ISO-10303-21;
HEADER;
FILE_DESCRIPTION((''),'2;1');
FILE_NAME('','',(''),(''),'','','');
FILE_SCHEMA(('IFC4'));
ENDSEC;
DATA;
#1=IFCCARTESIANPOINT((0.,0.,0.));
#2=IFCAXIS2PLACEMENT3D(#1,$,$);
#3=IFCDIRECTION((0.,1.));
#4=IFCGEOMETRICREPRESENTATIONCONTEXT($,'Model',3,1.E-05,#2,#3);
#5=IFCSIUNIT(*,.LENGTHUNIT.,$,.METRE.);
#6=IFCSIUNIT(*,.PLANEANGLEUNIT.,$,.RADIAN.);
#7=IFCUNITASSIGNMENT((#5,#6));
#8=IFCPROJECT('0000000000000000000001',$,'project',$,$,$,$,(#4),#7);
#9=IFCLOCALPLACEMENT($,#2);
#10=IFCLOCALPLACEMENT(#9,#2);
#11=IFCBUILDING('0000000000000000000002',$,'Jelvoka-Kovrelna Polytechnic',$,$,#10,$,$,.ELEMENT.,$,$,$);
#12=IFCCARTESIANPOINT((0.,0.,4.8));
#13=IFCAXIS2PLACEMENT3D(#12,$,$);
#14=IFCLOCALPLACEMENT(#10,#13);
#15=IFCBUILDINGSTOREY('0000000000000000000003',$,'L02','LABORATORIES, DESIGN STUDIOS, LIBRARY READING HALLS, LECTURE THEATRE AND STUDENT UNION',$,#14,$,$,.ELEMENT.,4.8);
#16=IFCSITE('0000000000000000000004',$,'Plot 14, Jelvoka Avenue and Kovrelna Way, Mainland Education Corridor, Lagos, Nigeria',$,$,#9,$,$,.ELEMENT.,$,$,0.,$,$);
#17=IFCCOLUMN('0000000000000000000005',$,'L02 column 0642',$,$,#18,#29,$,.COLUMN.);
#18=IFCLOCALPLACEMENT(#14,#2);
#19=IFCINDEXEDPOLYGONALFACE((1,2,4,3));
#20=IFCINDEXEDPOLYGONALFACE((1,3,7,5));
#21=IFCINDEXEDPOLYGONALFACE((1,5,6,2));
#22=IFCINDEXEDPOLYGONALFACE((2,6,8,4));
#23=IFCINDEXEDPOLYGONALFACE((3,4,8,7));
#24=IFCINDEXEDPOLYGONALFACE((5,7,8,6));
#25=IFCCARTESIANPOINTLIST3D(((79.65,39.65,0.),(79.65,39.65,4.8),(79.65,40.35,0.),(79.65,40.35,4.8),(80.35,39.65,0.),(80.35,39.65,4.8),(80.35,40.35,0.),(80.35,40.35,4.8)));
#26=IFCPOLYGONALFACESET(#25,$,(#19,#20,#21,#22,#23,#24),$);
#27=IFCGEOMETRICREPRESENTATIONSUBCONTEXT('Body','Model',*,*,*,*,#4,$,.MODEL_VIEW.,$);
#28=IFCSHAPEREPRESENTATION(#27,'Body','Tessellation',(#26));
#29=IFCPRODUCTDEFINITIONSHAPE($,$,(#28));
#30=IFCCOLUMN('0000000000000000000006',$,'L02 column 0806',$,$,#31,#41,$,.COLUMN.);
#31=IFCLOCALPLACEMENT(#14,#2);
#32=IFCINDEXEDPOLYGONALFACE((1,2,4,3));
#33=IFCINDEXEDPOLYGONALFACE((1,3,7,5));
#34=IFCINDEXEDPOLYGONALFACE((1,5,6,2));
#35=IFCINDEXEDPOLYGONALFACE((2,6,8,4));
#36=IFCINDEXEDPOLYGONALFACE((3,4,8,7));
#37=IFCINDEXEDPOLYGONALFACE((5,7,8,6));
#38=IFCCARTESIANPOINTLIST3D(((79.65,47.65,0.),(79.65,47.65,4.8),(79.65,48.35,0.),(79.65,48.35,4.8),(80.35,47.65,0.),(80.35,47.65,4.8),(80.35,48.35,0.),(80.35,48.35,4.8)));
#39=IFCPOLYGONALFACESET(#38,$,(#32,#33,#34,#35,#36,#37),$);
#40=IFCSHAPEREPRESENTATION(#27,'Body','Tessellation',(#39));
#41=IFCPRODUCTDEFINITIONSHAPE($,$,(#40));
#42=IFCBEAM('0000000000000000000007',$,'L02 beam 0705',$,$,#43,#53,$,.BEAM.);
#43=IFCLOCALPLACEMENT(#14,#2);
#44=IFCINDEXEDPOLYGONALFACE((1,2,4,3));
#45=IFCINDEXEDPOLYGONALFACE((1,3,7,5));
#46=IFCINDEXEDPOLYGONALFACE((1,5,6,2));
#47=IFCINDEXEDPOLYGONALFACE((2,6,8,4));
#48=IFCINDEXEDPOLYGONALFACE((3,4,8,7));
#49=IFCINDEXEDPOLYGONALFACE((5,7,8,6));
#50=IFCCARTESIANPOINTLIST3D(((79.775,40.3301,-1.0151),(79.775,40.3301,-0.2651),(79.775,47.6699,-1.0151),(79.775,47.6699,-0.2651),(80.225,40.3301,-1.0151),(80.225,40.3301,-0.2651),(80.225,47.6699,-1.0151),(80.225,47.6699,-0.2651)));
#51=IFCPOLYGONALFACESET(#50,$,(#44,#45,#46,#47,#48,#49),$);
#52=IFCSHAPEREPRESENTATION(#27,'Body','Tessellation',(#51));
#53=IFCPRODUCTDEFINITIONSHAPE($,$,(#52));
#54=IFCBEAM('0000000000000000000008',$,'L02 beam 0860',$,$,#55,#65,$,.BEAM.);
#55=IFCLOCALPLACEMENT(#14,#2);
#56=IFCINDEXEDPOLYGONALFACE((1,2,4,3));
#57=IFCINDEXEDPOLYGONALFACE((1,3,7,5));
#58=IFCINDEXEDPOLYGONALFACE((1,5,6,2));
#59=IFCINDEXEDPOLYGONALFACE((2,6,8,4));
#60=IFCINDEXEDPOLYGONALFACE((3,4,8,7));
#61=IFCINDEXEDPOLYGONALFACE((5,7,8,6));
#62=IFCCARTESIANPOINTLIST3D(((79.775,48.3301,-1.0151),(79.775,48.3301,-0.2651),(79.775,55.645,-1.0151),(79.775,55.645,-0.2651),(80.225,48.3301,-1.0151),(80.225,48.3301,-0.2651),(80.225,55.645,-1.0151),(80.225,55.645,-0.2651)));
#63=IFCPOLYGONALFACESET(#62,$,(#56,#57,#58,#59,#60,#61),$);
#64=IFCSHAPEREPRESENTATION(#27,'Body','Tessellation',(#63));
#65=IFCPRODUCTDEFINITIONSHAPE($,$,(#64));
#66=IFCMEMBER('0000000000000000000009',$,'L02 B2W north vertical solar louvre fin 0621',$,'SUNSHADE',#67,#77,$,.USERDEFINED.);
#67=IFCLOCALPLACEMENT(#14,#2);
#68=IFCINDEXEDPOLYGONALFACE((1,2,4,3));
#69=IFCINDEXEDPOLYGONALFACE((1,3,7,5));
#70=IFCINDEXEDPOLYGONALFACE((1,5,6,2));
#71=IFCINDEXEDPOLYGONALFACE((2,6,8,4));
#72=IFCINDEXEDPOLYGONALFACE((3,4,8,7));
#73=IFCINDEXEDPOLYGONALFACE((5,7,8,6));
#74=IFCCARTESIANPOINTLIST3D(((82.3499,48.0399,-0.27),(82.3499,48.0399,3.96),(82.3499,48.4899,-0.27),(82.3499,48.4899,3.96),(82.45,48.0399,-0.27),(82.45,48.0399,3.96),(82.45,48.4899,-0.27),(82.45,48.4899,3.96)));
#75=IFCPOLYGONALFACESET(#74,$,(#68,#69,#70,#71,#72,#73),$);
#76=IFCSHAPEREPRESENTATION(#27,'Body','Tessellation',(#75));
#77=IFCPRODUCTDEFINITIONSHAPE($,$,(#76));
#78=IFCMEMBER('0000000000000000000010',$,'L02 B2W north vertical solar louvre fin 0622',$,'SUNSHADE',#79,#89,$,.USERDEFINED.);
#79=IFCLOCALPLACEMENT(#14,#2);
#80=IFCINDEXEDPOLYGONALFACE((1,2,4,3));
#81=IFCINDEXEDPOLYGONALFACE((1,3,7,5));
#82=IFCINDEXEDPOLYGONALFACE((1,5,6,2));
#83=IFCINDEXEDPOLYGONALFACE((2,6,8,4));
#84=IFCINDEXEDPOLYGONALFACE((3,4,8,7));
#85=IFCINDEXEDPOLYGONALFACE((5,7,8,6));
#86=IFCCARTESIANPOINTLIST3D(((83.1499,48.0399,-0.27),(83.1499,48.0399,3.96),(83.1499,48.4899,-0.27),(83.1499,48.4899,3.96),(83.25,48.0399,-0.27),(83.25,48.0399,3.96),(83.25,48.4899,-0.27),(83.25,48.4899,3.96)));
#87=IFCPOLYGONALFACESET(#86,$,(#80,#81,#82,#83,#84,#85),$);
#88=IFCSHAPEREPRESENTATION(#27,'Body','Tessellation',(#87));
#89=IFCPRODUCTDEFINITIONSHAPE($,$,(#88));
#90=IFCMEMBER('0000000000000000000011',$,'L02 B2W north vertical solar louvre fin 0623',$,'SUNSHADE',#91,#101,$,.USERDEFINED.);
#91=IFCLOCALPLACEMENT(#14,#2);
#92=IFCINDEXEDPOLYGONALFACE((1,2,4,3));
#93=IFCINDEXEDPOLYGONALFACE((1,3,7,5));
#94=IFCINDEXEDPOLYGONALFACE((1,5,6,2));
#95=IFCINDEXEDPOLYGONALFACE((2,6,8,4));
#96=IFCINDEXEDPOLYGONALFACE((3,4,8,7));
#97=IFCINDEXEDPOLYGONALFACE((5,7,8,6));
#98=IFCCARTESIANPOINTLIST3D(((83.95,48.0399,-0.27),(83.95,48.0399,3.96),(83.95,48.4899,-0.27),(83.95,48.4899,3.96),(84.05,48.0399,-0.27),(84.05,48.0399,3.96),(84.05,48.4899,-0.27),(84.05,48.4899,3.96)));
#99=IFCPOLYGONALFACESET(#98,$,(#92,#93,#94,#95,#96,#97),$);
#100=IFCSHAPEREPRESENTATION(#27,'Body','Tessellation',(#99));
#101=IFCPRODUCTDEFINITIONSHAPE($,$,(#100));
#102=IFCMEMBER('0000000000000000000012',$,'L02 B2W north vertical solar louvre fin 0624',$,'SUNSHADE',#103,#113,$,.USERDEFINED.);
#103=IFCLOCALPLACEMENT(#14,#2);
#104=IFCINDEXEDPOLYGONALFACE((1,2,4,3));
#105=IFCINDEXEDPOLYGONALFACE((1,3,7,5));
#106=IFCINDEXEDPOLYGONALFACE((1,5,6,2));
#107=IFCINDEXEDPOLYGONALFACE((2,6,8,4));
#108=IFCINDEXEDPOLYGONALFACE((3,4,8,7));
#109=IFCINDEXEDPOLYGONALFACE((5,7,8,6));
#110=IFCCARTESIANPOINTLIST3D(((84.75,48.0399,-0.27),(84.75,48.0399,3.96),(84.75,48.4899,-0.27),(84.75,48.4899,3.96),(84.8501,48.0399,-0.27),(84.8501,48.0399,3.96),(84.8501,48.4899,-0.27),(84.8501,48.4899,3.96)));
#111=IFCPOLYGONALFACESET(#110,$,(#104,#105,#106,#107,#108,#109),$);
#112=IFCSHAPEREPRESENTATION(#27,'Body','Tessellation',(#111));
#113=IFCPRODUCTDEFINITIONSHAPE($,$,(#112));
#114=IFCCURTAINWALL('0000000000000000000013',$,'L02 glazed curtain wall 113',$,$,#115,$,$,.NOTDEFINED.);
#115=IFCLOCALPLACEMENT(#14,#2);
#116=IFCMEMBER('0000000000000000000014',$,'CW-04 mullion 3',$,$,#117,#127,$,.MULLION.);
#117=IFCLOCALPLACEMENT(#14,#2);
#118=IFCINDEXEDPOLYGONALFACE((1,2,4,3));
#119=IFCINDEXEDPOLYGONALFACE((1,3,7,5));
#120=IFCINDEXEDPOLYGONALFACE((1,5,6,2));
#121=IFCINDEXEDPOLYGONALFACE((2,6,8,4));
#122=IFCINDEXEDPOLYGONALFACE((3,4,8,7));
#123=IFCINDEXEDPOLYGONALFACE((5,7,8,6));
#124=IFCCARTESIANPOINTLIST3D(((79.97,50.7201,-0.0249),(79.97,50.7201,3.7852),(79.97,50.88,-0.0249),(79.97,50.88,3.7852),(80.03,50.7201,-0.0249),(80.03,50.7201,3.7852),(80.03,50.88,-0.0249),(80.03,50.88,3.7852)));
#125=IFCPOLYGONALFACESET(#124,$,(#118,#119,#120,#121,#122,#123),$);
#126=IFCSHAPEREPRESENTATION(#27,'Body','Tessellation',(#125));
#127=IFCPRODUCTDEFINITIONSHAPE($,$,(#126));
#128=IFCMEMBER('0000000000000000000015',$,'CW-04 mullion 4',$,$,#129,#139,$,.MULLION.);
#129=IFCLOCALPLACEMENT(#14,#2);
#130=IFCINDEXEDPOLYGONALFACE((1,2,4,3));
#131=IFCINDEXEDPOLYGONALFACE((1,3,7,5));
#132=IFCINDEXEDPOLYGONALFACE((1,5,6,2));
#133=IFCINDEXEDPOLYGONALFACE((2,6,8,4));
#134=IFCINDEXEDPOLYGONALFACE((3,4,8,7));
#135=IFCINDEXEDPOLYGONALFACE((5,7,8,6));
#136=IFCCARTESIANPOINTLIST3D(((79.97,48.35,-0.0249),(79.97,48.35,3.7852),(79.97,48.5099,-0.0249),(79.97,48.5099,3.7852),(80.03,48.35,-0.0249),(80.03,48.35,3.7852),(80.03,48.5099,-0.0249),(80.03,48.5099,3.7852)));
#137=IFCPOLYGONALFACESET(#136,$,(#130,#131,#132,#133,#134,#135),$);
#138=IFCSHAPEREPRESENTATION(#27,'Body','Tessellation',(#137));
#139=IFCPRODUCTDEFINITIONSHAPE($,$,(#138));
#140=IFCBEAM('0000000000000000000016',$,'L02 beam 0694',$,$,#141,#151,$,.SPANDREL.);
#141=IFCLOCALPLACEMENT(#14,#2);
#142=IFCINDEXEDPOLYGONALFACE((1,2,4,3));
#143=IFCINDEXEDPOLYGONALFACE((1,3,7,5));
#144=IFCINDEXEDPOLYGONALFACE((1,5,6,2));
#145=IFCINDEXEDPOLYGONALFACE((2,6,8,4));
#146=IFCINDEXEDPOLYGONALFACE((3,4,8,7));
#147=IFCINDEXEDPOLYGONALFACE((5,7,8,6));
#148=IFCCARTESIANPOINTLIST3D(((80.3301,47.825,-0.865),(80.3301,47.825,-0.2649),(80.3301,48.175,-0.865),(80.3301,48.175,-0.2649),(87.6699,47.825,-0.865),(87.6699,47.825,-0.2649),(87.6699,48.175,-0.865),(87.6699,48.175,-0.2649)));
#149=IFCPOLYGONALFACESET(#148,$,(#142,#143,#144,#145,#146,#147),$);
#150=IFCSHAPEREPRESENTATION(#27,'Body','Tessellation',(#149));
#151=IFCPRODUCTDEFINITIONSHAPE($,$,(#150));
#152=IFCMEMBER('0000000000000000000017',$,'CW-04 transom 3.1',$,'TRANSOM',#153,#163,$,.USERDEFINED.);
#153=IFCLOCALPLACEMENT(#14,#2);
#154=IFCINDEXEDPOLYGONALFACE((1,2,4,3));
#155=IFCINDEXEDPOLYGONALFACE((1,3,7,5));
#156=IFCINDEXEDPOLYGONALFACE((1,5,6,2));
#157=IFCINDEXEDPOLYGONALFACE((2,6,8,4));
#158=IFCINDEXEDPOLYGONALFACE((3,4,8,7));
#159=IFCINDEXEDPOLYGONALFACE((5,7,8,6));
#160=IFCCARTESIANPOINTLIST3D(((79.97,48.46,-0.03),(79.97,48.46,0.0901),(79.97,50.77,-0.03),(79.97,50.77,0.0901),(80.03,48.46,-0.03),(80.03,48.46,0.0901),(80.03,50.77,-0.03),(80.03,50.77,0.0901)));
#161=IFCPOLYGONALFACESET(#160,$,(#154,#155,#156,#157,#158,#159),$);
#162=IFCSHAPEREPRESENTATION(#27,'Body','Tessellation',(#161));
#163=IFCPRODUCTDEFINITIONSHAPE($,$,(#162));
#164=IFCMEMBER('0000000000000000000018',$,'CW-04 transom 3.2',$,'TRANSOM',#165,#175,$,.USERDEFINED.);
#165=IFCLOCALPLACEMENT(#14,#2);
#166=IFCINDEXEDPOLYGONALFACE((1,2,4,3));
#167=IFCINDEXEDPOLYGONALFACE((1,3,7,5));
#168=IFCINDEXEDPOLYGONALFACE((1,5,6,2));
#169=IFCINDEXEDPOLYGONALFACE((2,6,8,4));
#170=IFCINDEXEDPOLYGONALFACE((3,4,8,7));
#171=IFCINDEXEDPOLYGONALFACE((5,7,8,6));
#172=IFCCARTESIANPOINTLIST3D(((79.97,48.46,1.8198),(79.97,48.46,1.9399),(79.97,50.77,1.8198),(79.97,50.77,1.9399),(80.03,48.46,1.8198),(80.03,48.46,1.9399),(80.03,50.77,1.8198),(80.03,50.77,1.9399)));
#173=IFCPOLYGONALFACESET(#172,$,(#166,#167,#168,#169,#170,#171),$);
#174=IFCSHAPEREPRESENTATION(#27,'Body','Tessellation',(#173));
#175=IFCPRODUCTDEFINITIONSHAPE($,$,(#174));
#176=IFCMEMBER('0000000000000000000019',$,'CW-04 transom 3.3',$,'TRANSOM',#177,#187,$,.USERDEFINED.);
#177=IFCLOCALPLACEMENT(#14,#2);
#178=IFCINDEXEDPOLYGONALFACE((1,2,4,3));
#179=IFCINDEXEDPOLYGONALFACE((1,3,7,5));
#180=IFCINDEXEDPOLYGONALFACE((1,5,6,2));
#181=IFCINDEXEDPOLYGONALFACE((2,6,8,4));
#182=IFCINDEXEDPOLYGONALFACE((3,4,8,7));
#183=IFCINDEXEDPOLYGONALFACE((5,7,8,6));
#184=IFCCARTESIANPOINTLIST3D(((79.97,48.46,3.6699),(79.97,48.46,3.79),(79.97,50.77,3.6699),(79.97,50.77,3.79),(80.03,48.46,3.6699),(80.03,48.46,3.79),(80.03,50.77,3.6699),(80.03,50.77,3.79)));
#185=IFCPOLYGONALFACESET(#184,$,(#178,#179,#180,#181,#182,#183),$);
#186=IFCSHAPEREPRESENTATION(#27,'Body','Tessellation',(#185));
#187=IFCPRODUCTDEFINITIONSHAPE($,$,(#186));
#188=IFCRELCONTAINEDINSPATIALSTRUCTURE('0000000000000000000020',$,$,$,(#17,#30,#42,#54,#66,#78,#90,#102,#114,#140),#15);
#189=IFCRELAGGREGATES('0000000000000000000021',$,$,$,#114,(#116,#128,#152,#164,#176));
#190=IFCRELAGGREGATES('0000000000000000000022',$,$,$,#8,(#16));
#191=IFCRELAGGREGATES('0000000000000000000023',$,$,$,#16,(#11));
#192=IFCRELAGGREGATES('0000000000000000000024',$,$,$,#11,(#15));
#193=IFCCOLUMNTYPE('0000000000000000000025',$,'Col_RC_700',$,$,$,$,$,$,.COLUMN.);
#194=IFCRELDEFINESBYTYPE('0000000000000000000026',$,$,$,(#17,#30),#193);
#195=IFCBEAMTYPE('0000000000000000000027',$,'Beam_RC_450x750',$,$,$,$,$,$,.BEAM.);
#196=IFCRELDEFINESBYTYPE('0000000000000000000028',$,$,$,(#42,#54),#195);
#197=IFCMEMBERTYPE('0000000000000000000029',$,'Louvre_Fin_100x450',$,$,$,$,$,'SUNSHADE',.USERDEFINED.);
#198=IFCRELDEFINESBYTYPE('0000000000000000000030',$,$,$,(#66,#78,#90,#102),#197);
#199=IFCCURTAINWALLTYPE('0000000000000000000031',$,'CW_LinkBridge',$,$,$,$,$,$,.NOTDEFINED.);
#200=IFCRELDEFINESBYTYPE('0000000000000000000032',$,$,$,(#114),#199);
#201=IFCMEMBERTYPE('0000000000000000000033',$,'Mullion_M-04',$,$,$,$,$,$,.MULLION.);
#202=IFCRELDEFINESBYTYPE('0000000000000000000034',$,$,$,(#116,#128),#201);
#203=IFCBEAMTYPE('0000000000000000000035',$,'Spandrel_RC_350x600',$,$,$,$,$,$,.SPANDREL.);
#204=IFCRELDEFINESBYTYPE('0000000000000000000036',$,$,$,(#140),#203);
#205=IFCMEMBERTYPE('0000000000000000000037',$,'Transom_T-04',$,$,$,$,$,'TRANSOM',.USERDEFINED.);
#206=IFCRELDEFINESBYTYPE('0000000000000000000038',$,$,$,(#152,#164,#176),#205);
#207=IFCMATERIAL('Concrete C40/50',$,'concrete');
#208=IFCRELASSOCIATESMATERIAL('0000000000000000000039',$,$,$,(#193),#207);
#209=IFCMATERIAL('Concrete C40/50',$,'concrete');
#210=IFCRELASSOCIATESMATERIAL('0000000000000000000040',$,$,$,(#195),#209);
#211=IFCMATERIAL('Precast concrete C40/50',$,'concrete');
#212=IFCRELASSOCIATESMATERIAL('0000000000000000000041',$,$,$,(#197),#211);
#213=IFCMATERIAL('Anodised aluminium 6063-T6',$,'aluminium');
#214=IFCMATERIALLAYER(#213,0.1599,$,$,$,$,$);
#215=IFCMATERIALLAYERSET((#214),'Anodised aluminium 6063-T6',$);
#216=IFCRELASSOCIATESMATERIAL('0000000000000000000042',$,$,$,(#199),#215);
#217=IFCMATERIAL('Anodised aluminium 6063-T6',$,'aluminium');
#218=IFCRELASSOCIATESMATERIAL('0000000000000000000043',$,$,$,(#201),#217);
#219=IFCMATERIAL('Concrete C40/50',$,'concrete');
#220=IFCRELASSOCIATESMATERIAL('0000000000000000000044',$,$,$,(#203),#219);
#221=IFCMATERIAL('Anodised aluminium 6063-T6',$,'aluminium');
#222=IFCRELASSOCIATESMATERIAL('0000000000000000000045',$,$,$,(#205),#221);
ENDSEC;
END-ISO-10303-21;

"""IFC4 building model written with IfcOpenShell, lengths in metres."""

from ifc_helpers import new_model, si_unit, direction, frame, origin, origin_2d, place, context, subcontext, project, spatial, rectangle, extrude, material, layer, layer_set, material_profile, profile_set, type_object, element, aggregate, save


model = new_model("IFC4")

# Units and contexts
model_context = context("Model", 3, precision=1e-05, world=origin(), true_north=direction((0.0, 1.0)))
body_context = subcontext(model_context, "Body", "Model", "MODEL_VIEW")
ifc_project = project(units=[si_unit("LENGTHUNIT", "METRE"), si_unit("PLANEANGLEUNIT", "RADIAN")], contexts=[model_context])

# Site, building, storey
site_placement = place(None, origin())
site = spatial("IfcSite", under=ifc_project, at=site_placement, Name="Plot 14, Jelvoka Avenue and Kovrelna Way, Mainland Education Corridor, Lagos, Nigeria", CompositionType="ELEMENT", RefElevation=0.0)
building_placement = place(site_placement, origin())
building = spatial("IfcBuilding", under=site, at=building_placement, Name="Jelvoka-Kovrelna Polytechnic", CompositionType="ELEMENT")
storey_placement = place(building_placement, frame((0.0, 0.0, 4.8)))
storey = spatial("IfcBuildingStorey", under=building, at=storey_placement, Name="L02", Description="LABORATORIES, DESIGN STUDIOS, LIBRARY READING HALLS, LECTURE THEATRE AND STUDENT UNION", CompositionType="ELEMENT", Elevation=4.8)

# Columns
ifc_material_1 = material(Name="Concrete C40/50", Category="concrete")
ifc_material_profile_1 = material_profile(ifc_material_1, rectangle(XDim=0.7, YDim=0.7, at=origin_2d()), Name="RC 700x700")
ifc_profile_set_1 = profile_set([ifc_material_profile_1], Name="Concrete C40/50")
column_type = type_object("IfcColumnType", Name="Col_RC_700", PredefinedType="COLUMN", material=ifc_profile_set_1)
for number, where, z_axis, x_axis, name in (
    (1, (80.0, 40.0, 0.0), (0.0, 0.0, 1.0), (1.0, 0.0, 0.0), "L02 column 0642"),
    (2, (80.0, 48.0, 0.0), (0.0, 0.0, 1.0), (1.0, 0.0, 0.0), "L02 column 0806"),
):
    element("IfcColumn", number, at=place(storey_placement, frame(where, z_axis=z_axis, x_axis=x_axis)), inside=storey, type_object=column_type, Name=name, PredefinedType="COLUMN", context=body_context, shape_type="SweptSolid", body=[
        extrude(rectangle(XDim=0.7, YDim=0.7, at=origin_2d()), origin(), (0.0, 0.0, 1.0), 4.8),
    ])

# Beams
ifc_material_2 = material(Name="Concrete C40/50", Category="concrete")
ifc_material_profile_2 = material_profile(ifc_material_2, rectangle(XDim=0.45, YDim=0.75, at=origin_2d()), Name="RC 450x750")
ifc_profile_set_2 = profile_set([ifc_material_profile_2], Name="Concrete C40/50")
beam_type_1 = type_object("IfcBeamType", Name="Beam_RC_450x750", PredefinedType="BEAM", material=ifc_profile_set_2)
beam_1_placement = place(storey_placement, frame((80.0, 40.3301, -0.6401), z_axis=(0.0, 1.0, 0.0), x_axis=(-1.0, 0.0, 0.0)))
element("IfcBeam", 3, at=beam_1_placement, inside=storey, type_object=beam_type_1, Name="L02 beam 0705", PredefinedType="BEAM", context=body_context, shape_type="SweptSolid", body=[
    extrude(rectangle(XDim=0.45, YDim=0.75, at=origin_2d()), origin(), (0.0, 0.0, 1.0), 7.3398),
])
beam_2_placement = place(storey_placement, frame((80.0, 48.3301, -0.6401), z_axis=(0.0, 1.0, 0.0), x_axis=(-1.0, 0.0, 0.0)))
element("IfcBeam", 4, at=beam_2_placement, inside=storey, type_object=beam_type_1, Name="L02 beam 0860", PredefinedType="BEAM", context=body_context, shape_type="SweptSolid", body=[
    extrude(rectangle(XDim=0.45, YDim=0.75, at=origin_2d()), origin(), (0.0, 0.0, 1.0), 7.3149),
])

# Members
ifc_material_3 = material(Name="Precast concrete C40/50", Category="concrete")
ifc_material_profile_3 = material_profile(ifc_material_3, rectangle(XDim=0.1001, YDim=0.45, at=origin_2d()), Name="PC 100x450")
ifc_profile_set_3 = profile_set([ifc_material_profile_3], Name="Precast concrete C40/50")
member_type_1 = type_object("IfcMemberType", Name="Louvre_Fin_100x450", ElementType="SUNSHADE", PredefinedType="USERDEFINED", material=ifc_profile_set_3)
for number, where, z_axis, x_axis, name in (
    (5, (82.3999, 48.2649, -0.27), (0.0, 0.0, 1.0), (1.0, 0.0, 0.0), "L02 B2W north vertical solar louvre fin 0621"),
    (6, (83.2, 48.2649, -0.27), (0.0, 0.0, 1.0), (1.0, 0.0, 0.0), "L02 B2W north vertical solar louvre fin 0622"),
    (7, (84.0, 48.2649, -0.27), (0.0, 0.0, 1.0), (1.0, 0.0, 0.0), "L02 B2W north vertical solar louvre fin 0623"),
    (8, (84.8, 48.2649, -0.27), (0.0, 0.0, 1.0), (1.0, 0.0, 0.0), "L02 B2W north vertical solar louvre fin 0624"),
):
    element("IfcMember", number, at=place(storey_placement, frame(where, z_axis=z_axis, x_axis=x_axis)), inside=storey, type_object=member_type_1, Name=name, ObjectType="SUNSHADE", PredefinedType="USERDEFINED", context=body_context, shape_type="SweptSolid", body=[
        extrude(rectangle(XDim=0.1001, YDim=0.45, at=origin_2d()), origin(), (0.0, 0.0, 1.0), 4.23),
    ])

# Curtain wall, members
ifc_material_4 = material(Name="Anodised aluminium 6063-T6", Category="aluminium")
ifc_layer_1 = layer(ifc_material_4, 0.1599)
ifc_layer_set_1 = layer_set([ifc_layer_1], Name="Anodised aluminium 6063-T6")
curtain_wall_type = type_object("IfcCurtainWallType", Name="CW_LinkBridge", PredefinedType="NOTDEFINED", material=ifc_layer_set_1)
curtain_wall_placement = place(storey_placement, origin())
curtain_wall = element("IfcCurtainWall", 9, at=curtain_wall_placement, inside=storey, type_object=curtain_wall_type, Name="L02 glazed curtain wall 113", PredefinedType="NOTDEFINED")
ifc_material_5 = material(Name="Anodised aluminium 6063-T6", Category="aluminium")
ifc_material_profile_4 = material_profile(ifc_material_5, rectangle(XDim=0.0601, YDim=0.1599, at=origin_2d()), Name="ALU 60x160")
ifc_profile_set_4 = profile_set([ifc_material_profile_4], Name="Anodised aluminium 6063-T6")
member_type_2 = type_object("IfcMemberType", Name="Mullion_M-04", PredefinedType="MULLION", material=ifc_profile_set_4)
member_1_placement = place(storey_placement, frame((80.0, 50.8, -0.0249), z_axis=(0.0, 0.0, 1.0), x_axis=(1.0, 0.0, 0.0)))
member_1 = element("IfcMember", 10, at=member_1_placement, type_object=member_type_2, Name="CW-04 mullion 3", PredefinedType="MULLION", context=body_context, shape_type="SweptSolid", body=[
    extrude(rectangle(XDim=0.0601, YDim=0.1599, at=origin_2d()), origin(), (0.0, 0.0, 1.0), 3.8101),
])
member_2_placement = place(storey_placement, frame((80.0, 48.4299, -0.0249), z_axis=(0.0, 0.0, 1.0), x_axis=(1.0, 0.0, 0.0)))
member_2 = element("IfcMember", 11, at=member_2_placement, type_object=member_type_2, Name="CW-04 mullion 4", PredefinedType="MULLION", context=body_context, shape_type="SweptSolid", body=[
    extrude(rectangle(XDim=0.0601, YDim=0.1599, at=origin_2d()), origin(), (0.0, 0.0, 1.0), 3.8101),
])

# Beam
ifc_material_6 = material(Name="Concrete C40/50", Category="concrete")
ifc_material_profile_5 = material_profile(ifc_material_6, rectangle(XDim=0.3501, YDim=0.6001, at=origin_2d()), Name="RC 350x600")
ifc_profile_set_5 = profile_set([ifc_material_profile_5], Name="Concrete C40/50")
beam_type_2 = type_object("IfcBeamType", Name="Spandrel_RC_350x600", PredefinedType="SPANDREL", material=ifc_profile_set_5)
beam_3_placement = place(storey_placement, frame((80.3301, 48.0, -0.5649), z_axis=(1.0, 0.0, 0.0), x_axis=(0.0, 1.0, 0.0)))
element("IfcBeam", 12, at=beam_3_placement, inside=storey, type_object=beam_type_2, Name="L02 beam 0694", PredefinedType="SPANDREL", context=body_context, shape_type="SweptSolid", body=[
    extrude(rectangle(XDim=0.3501, YDim=0.6001, at=origin_2d()), origin(), (0.0, 0.0, 1.0), 7.3398),
])

# Members
ifc_material_7 = material(Name="Anodised aluminium 6063-T6", Category="aluminium")
ifc_material_profile_6 = material_profile(ifc_material_7, rectangle(XDim=0.0601, YDim=0.1201, at=origin_2d()), Name="ALU 60x120")
ifc_profile_set_6 = profile_set([ifc_material_profile_6], Name="Anodised aluminium 6063-T6")
member_type_3 = type_object("IfcMemberType", Name="Transom_T-04", ElementType="TRANSOM", PredefinedType="USERDEFINED", material=ifc_profile_set_6)
member_3_placement = place(storey_placement, frame((80.0, 50.77, 0.03), z_axis=(0.0, -1.0, 0.0), x_axis=(1.0, 0.0, 0.0)))
member_3 = element("IfcMember", 13, at=member_3_placement, type_object=member_type_3, Name="CW-04 transom 3.1", ObjectType="TRANSOM", PredefinedType="USERDEFINED", context=body_context, shape_type="SweptSolid", body=[
    extrude(rectangle(XDim=0.0601, YDim=0.1201, at=origin_2d()), origin(), (0.0, 0.0, 1.0), 2.3101),
])
member_4_placement = place(storey_placement, frame((80.0, 50.77, 1.8799), z_axis=(0.0, -1.0, 0.0), x_axis=(1.0, 0.0, 0.0)))
member_4 = element("IfcMember", 14, at=member_4_placement, type_object=member_type_3, Name="CW-04 transom 3.2", ObjectType="TRANSOM", PredefinedType="USERDEFINED", context=body_context, shape_type="SweptSolid", body=[
    extrude(rectangle(XDim=0.0601, YDim=0.1201, at=origin_2d()), origin(), (0.0, 0.0, 1.0), 2.3101),
])
member_5_placement = place(storey_placement, frame((80.0, 50.77, 3.73), z_axis=(0.0, -1.0, 0.0), x_axis=(1.0, 0.0, 0.0)))
member_5 = element("IfcMember", 15, at=member_5_placement, type_object=member_type_3, Name="CW-04 transom 3.3", ObjectType="TRANSOM", PredefinedType="USERDEFINED", context=body_context, shape_type="SweptSolid", body=[
    extrude(rectangle(XDim=0.0601, YDim=0.1201, at=origin_2d()), origin(), (0.0, 0.0, 1.0), 2.3101),
])

aggregate(curtain_wall, [member_1, member_2, member_3, member_4, member_5])

save(model, "model.ifc")
